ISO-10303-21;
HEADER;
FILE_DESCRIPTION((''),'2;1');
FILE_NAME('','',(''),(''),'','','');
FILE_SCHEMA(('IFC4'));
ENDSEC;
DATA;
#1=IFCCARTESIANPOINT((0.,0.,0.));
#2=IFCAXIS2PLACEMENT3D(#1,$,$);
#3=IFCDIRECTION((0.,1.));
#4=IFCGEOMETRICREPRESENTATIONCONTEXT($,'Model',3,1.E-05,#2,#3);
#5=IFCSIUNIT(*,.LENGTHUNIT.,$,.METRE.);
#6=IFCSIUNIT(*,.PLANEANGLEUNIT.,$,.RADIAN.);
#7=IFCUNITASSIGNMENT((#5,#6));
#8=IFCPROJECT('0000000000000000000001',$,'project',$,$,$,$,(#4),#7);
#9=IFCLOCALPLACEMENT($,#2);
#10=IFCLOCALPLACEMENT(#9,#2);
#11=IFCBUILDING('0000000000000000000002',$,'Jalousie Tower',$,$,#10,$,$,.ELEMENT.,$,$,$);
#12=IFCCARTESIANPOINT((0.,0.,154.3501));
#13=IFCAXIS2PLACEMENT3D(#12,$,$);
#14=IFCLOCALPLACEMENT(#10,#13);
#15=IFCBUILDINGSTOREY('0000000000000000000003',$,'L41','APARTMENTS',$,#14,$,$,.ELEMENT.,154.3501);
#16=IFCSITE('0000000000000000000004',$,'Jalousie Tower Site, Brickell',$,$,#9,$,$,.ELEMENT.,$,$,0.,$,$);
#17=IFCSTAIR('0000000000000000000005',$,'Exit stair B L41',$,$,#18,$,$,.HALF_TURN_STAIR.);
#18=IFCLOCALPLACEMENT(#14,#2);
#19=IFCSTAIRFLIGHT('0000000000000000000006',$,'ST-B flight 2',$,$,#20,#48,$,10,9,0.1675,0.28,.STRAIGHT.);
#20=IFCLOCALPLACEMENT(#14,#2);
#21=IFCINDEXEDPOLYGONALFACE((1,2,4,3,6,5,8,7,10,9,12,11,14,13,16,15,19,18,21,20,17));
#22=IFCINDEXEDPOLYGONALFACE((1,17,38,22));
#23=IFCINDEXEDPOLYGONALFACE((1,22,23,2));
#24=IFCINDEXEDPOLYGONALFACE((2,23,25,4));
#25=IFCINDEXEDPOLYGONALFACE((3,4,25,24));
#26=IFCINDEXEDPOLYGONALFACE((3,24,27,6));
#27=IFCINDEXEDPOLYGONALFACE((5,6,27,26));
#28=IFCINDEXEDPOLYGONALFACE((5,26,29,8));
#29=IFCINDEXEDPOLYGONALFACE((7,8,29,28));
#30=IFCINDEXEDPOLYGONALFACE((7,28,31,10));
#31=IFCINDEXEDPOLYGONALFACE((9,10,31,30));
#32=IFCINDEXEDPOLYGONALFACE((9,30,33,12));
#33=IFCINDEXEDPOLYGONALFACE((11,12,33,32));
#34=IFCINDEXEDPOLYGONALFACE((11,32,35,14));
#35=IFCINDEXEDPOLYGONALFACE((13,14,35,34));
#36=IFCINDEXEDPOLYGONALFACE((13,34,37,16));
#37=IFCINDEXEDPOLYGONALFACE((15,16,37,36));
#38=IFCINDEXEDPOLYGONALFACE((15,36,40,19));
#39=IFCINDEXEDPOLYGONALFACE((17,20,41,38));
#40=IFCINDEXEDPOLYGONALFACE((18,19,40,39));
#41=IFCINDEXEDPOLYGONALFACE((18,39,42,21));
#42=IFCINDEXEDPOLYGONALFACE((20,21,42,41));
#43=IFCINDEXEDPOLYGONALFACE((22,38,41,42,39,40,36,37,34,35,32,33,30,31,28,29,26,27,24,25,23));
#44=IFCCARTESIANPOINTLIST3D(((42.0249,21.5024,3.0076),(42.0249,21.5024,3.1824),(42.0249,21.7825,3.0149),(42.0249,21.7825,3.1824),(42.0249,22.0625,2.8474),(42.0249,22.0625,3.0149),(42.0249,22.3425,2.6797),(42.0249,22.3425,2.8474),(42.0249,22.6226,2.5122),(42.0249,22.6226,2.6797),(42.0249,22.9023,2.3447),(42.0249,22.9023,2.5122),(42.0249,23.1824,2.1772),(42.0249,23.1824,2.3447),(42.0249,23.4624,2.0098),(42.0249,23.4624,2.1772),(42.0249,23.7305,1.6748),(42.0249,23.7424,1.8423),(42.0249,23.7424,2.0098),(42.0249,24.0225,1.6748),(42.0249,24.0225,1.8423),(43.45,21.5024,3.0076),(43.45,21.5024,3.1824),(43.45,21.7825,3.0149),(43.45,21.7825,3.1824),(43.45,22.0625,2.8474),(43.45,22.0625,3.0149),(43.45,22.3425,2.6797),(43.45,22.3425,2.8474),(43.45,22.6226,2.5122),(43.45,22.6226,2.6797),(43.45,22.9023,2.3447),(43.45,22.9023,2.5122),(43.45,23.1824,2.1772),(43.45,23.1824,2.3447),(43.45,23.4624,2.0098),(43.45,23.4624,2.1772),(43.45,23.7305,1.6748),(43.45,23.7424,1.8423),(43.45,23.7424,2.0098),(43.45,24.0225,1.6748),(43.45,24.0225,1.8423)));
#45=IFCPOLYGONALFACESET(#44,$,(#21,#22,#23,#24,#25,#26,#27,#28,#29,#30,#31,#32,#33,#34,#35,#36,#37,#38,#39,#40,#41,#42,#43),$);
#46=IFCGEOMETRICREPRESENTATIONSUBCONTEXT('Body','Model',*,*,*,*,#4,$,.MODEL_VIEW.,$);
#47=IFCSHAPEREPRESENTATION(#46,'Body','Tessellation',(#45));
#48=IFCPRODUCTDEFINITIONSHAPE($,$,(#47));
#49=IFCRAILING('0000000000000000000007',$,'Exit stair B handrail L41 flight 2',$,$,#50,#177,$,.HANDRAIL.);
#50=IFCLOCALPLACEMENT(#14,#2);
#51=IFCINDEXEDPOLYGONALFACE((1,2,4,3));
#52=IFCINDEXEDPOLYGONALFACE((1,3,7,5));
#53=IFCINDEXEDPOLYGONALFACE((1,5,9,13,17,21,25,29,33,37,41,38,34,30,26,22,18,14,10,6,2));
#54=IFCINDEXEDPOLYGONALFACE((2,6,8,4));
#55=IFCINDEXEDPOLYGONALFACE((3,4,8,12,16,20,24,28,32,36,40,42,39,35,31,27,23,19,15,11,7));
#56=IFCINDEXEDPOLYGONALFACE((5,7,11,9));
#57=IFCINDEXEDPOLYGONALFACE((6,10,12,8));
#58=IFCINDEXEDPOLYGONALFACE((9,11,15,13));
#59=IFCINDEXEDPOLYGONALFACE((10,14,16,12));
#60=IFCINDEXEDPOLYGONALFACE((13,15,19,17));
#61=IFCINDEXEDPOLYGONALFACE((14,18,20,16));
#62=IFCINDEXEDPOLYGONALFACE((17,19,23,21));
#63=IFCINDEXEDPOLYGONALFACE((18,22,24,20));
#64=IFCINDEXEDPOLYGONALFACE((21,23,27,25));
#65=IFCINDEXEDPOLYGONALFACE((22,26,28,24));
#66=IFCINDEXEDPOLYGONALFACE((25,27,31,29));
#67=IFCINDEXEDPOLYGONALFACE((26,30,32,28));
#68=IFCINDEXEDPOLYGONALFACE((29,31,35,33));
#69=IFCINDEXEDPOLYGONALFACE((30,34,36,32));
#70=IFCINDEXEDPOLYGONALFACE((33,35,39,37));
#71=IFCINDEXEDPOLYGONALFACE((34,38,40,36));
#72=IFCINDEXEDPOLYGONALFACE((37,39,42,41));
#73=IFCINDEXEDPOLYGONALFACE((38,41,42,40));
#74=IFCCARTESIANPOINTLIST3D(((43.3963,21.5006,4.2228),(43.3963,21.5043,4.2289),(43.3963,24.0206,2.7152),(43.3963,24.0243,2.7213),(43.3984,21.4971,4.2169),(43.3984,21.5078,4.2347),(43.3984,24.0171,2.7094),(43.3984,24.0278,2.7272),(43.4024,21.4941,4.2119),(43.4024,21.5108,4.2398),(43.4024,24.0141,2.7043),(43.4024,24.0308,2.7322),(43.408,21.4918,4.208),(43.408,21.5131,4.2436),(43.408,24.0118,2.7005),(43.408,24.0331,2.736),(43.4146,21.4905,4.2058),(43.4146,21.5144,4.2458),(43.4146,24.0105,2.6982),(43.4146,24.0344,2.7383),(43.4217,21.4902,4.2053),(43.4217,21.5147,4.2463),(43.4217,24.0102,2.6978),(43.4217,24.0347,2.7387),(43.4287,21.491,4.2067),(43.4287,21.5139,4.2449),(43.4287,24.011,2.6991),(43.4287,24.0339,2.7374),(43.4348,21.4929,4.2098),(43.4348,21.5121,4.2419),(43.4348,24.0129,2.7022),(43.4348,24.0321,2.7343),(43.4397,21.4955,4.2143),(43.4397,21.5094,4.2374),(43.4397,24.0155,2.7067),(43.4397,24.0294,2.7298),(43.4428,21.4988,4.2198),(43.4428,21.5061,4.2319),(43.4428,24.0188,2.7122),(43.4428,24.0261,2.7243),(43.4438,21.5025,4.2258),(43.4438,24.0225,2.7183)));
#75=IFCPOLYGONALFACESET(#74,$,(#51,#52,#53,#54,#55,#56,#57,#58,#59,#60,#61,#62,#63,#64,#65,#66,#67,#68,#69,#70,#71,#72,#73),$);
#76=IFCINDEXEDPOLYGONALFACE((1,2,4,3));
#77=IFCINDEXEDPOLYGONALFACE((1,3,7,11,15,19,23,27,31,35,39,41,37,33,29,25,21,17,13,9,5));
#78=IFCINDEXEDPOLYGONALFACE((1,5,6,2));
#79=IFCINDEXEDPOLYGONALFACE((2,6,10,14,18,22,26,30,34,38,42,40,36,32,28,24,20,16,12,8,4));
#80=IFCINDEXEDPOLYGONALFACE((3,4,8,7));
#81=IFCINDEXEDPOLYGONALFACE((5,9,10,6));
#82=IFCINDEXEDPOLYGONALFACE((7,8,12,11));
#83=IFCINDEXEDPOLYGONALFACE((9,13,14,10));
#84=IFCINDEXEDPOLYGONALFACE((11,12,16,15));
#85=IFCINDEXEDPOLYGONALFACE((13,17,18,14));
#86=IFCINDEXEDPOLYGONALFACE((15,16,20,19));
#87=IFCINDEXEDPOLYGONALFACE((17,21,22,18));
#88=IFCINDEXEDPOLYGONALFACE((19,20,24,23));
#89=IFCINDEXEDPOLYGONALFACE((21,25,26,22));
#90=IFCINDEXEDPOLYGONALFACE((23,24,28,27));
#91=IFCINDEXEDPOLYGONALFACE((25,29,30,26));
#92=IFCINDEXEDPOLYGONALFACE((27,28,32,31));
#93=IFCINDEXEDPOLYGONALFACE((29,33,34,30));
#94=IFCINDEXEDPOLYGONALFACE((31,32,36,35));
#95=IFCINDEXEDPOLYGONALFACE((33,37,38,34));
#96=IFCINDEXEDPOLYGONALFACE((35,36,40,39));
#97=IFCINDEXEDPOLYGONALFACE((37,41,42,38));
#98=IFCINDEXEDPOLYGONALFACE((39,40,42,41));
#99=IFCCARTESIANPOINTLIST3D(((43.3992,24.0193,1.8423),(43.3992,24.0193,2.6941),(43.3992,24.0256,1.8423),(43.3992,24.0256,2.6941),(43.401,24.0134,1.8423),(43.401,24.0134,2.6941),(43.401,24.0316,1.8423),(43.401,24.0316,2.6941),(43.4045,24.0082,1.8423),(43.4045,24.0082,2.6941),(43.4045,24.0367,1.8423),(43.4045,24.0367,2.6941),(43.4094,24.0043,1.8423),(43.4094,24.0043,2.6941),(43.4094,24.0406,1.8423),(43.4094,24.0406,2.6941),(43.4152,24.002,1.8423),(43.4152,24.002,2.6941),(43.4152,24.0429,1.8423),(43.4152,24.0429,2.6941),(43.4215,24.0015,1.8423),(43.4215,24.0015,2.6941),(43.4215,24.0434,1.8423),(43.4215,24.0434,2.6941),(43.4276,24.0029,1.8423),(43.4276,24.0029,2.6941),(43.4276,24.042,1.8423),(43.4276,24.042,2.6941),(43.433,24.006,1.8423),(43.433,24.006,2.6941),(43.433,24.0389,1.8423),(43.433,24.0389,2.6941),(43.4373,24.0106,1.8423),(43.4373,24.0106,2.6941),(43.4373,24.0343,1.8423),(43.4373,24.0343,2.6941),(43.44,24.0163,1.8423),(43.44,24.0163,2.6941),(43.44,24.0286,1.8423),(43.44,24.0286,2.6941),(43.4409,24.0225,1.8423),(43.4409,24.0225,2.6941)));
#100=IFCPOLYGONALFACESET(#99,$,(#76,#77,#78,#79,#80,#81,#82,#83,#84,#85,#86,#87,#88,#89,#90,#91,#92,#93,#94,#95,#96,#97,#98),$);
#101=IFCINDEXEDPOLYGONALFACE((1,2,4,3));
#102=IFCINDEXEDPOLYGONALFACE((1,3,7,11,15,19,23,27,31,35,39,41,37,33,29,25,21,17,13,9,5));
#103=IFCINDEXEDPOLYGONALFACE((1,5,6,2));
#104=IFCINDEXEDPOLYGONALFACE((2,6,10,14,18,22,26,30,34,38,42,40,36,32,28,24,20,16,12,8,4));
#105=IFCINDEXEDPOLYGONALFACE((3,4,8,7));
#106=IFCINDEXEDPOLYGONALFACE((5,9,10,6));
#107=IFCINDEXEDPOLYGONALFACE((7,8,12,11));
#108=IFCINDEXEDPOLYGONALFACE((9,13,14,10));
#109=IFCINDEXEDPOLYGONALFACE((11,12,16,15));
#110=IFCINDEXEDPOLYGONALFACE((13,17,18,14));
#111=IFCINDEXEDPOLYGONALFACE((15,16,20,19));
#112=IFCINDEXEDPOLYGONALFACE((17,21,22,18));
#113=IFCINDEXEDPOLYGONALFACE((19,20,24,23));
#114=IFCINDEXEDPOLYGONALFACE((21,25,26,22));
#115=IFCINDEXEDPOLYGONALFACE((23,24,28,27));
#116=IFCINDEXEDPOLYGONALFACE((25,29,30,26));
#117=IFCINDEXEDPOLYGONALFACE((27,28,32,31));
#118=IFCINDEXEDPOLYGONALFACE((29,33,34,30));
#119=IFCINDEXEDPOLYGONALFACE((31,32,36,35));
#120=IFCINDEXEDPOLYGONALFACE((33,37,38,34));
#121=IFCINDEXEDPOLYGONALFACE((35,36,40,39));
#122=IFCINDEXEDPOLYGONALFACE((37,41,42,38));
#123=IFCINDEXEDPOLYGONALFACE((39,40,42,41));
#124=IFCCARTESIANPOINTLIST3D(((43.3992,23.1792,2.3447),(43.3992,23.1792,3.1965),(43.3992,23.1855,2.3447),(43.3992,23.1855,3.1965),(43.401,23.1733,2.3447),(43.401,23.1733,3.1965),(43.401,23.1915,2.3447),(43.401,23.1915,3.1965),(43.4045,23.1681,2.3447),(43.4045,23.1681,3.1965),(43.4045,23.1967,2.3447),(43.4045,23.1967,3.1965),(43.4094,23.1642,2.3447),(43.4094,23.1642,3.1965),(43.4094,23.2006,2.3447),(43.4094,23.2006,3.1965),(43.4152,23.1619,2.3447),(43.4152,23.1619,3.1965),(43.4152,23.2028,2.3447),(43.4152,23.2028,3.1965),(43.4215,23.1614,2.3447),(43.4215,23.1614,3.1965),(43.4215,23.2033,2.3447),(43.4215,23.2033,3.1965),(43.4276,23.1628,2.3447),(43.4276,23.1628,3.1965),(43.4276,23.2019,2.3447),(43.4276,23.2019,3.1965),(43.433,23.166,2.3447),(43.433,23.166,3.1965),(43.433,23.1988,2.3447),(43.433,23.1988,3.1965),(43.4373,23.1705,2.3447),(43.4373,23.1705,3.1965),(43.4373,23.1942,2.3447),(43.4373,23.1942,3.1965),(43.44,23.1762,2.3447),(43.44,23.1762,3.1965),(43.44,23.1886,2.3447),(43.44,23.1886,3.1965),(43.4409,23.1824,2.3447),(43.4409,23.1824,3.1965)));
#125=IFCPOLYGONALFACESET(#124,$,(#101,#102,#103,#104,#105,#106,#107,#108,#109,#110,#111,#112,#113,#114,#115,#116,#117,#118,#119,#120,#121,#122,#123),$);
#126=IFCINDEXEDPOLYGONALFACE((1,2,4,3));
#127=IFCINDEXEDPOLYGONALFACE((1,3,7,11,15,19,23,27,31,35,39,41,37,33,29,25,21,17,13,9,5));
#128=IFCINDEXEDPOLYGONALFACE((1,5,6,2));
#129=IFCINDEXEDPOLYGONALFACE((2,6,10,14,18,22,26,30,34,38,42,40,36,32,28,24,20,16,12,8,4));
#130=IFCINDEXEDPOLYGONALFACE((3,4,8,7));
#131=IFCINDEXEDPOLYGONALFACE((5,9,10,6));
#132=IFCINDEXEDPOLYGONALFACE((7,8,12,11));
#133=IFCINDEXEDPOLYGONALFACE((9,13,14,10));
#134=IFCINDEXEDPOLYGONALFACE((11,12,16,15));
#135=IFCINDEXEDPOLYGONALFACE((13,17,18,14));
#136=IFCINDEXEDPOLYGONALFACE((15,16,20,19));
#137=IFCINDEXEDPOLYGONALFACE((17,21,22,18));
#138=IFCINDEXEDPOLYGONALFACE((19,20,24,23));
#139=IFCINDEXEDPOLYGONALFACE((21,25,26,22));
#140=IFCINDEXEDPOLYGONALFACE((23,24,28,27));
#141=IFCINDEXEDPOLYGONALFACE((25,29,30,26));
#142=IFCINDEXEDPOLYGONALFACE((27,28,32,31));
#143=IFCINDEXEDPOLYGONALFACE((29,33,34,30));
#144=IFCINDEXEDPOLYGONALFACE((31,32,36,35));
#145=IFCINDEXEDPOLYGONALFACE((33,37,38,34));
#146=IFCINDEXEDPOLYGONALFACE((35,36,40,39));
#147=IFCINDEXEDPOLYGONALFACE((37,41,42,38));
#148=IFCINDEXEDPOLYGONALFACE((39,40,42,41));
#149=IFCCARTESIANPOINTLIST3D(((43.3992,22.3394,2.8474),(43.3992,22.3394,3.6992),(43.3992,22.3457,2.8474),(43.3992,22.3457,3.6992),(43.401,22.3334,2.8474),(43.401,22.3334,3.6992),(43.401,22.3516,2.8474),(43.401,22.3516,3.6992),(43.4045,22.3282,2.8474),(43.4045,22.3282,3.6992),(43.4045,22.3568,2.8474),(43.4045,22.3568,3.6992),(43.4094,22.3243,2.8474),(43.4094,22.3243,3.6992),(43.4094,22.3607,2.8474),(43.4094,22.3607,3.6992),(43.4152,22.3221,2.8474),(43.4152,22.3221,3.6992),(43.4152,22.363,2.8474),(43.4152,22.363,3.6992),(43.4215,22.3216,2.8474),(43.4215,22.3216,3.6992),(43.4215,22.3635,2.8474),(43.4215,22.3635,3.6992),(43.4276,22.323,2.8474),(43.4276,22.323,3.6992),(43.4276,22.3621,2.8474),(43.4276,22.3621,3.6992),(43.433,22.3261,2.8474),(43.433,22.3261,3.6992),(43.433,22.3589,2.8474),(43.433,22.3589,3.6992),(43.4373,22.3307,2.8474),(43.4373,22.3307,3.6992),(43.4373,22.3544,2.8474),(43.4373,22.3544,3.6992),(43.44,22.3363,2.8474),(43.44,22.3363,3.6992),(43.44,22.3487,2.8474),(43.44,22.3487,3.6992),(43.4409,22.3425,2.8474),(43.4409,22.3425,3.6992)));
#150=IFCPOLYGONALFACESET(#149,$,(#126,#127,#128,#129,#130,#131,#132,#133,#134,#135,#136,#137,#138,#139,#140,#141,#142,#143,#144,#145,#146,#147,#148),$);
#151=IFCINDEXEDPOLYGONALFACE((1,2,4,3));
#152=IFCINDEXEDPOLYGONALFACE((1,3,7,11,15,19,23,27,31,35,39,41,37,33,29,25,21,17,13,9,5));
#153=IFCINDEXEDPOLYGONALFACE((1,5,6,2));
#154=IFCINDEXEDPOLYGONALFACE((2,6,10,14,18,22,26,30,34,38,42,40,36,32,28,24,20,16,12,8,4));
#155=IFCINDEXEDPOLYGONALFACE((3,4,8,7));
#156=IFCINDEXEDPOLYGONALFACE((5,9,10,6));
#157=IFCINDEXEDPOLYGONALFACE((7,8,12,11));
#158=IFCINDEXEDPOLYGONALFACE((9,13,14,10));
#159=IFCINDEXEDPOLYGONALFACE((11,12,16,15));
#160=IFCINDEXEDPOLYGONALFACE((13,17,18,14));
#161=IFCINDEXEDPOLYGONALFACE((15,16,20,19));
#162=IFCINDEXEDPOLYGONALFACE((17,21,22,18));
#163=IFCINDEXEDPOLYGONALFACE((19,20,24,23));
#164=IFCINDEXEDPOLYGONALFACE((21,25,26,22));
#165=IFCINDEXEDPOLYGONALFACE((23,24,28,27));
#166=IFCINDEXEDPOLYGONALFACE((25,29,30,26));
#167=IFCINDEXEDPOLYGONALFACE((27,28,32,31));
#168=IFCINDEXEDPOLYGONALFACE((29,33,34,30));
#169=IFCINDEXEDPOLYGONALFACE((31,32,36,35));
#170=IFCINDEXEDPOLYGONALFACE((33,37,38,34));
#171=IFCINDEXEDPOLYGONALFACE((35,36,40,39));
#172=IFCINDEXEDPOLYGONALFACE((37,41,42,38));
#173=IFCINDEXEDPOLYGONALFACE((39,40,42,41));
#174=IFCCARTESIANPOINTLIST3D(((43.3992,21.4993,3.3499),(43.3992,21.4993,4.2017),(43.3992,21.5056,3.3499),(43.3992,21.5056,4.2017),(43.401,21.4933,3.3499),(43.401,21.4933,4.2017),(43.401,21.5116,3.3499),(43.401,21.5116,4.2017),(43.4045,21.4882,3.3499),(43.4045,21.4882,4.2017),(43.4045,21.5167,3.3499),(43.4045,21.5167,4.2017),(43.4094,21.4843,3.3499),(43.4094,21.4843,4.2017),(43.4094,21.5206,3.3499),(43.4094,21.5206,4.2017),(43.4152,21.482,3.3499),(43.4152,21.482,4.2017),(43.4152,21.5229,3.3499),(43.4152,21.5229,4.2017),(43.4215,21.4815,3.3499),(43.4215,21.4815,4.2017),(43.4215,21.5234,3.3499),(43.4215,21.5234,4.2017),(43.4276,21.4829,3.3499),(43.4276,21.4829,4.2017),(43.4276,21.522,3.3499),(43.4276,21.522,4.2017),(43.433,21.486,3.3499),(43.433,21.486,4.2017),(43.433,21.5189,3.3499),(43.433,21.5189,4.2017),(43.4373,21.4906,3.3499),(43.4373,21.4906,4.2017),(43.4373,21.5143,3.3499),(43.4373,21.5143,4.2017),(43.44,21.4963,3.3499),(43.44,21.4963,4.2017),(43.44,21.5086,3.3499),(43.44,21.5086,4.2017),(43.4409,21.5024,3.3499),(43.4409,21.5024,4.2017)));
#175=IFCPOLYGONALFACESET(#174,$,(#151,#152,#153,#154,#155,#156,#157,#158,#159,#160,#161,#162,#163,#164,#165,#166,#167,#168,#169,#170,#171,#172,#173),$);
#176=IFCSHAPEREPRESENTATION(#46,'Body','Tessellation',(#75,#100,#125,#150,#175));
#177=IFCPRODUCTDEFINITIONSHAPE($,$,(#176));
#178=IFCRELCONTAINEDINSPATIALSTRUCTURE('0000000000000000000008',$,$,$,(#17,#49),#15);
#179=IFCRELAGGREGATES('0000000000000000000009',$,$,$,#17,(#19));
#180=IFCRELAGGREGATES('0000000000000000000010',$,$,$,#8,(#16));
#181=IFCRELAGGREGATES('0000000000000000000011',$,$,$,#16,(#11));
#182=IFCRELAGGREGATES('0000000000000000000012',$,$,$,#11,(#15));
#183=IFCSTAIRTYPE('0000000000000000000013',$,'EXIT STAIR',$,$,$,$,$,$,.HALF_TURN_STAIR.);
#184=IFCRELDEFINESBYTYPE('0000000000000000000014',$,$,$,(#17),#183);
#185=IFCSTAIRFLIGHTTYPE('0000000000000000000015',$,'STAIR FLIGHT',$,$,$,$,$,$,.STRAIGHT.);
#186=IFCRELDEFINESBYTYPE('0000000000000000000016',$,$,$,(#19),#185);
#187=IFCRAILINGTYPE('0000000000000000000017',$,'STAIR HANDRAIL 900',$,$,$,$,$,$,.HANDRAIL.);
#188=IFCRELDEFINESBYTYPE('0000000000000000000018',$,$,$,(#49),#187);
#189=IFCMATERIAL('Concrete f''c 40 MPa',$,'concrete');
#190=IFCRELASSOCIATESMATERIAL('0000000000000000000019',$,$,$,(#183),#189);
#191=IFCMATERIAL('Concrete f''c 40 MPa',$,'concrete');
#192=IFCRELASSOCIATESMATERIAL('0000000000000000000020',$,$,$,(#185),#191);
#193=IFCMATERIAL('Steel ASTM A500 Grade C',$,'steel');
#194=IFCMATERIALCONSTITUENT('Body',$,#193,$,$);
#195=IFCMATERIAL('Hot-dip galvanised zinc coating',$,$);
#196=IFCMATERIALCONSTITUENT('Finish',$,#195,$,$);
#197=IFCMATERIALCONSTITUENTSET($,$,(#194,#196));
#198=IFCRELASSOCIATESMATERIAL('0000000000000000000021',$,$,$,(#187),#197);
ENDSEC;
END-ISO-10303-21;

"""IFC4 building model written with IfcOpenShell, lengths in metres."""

from ifc_helpers import new_model, si_unit, direction, frame, origin, origin_2d, place, context, subcontext, project, spatial, polyline, circle, outline, extrude, material, constituent, constituent_set, type_object, element, aggregate, save


model = new_model("IFC4")

# Units and contexts
model_context = context("Model", 3, precision=1e-05, world=origin(), true_north=direction((0.0, 1.0)))
body_context = subcontext(model_context, "Body", "Model", "MODEL_VIEW")
ifc_project = project(units=[si_unit("LENGTHUNIT", "METRE"), si_unit("PLANEANGLEUNIT", "RADIAN")], contexts=[model_context])

# Site, building, storey
site_placement = place(None, origin())
site = spatial("IfcSite", under=ifc_project, at=site_placement, Name="Jalousie Tower Site, Brickell", CompositionType="ELEMENT", RefElevation=0.0)
building_placement = place(site_placement, origin())
building = spatial("IfcBuilding", under=site, at=building_placement, Name="Jalousie Tower", CompositionType="ELEMENT")
storey_placement = place(building_placement, frame((0.0, 0.0, 154.3501)))
storey = spatial("IfcBuildingStorey", under=building, at=storey_placement, Name="L41", Description="APARTMENTS", CompositionType="ELEMENT", Elevation=154.3501)

# Stair, stair flight
ifc_material_1 = material(Name="Concrete f'c 40 MPa", Category="concrete")
stair_type = type_object("IfcStairType", Name="EXIT STAIR", PredefinedType="HALF_TURN_STAIR", material=ifc_material_1)
stair_placement = place(storey_placement, origin())
stair = element("IfcStair", 1, at=stair_placement, inside=storey, type_object=stair_type, Name="Exit stair B L41", PredefinedType="HALF_TURN_STAIR")
ifc_material_2 = material(Name="Concrete f'c 40 MPa", Category="concrete")
stair_flight_type = type_object("IfcStairFlightType", Name="STAIR FLIGHT", PredefinedType="STRAIGHT", material=ifc_material_2)
stair_flight_placement = place(storey_placement, frame((42.7375, 24.0225, 1.6748), z_axis=(0.0, 0.0, 1.0), x_axis=(0.0, -1.0, 0.0)))
stair_flight = element("IfcStairFlight", 2, at=stair_flight_placement, type_object=stair_flight_type, Name="ST-B flight 2", NumberOfRisers=10, NumberOfTreads=9, PredefinedType="STRAIGHT", RiserHeight=0.1675, TreadLength=0.28, context=body_context, shape_type="SweptSolid", body=[
    extrude(outline(polyline([(0.0, 0.0), (0.0, 0.1675), (0.28, 0.1675), (0.28, 0.335), (0.5601, 0.335), (0.5601, 0.5024), (0.8401, 0.5024), (0.8401, 0.6699), (1.1201, 0.6699), (1.1201, 0.8374), (1.3999, 0.8374), (1.3999, 1.0049), (1.6799, 1.0049), (1.6799, 1.1726), (1.96, 1.1726), (1.96, 1.3401), (2.24, 1.3401), (2.24, 1.5076), (2.52, 1.5076), (2.52, 1.675), (2.52, 1.3328), (0.292, 0.0), (0.0, 0.0)])), frame((0.0, 0.7124, 0.0), z_axis=(0.0, -1.0, 0.0), x_axis=(1.0, 0.0, 0.0)), (0.0, 0.0, 1.0), 1.425),
])
aggregate(stair, [stair_flight])

# Railing
ifc_material_3 = material(Name="Steel ASTM A500 Grade C", Category="steel")
ifc_constituent_1 = constituent(ifc_material_3, Name="Body")
ifc_material_4 = material(Name="Hot-dip galvanised zinc coating")
ifc_constituent_2 = constituent(ifc_material_4, Name="Finish")
ifc_constituent_set_1 = constituent_set(constituents=[ifc_constituent_1, ifc_constituent_2])
railing_type = type_object("IfcRailingType", Name="STAIR HANDRAIL 900", PredefinedType="HANDRAIL", material=ifc_constituent_set_1)
railing_placement = place(storey_placement, frame((43.4199, 24.0225, 1.8423)))
element("IfcRailing", 3, at=railing_placement, inside=storey, type_object=railing_type, Name="Exit stair B handrail L41 flight 2", PredefinedType="HANDRAIL", context=body_context, shape_type="SweptSolid", body=[
    extrude(circle(Radius=0.0239, at=origin_2d()), frame((0.0, 0.0, 0.876), z_axis=(0.0, -0.85816, 0.513383), x_axis=(1.0, 0.0, 0.0)), (0.0, 0.0, 1.0), 2.9365),
    extrude(circle(Radius=0.021, at=origin_2d()), origin(), (0.0, 0.0, 1.0), 0.8518),
    extrude(circle(Radius=0.021, at=origin_2d()), frame((0.0, -0.8401, 0.5024)), (0.0, 0.0, 1.0), 0.8518),
    extrude(circle(Radius=0.021, at=origin_2d()), frame((0.0, -1.6799, 1.0051)), (0.0, 0.0, 1.0), 0.8518),
    extrude(circle(Radius=0.021, at=origin_2d()), frame((0.0, -2.52, 1.5076)), (0.0, 0.0, 1.0), 0.8518),
])

save(model, "model.ifc")
